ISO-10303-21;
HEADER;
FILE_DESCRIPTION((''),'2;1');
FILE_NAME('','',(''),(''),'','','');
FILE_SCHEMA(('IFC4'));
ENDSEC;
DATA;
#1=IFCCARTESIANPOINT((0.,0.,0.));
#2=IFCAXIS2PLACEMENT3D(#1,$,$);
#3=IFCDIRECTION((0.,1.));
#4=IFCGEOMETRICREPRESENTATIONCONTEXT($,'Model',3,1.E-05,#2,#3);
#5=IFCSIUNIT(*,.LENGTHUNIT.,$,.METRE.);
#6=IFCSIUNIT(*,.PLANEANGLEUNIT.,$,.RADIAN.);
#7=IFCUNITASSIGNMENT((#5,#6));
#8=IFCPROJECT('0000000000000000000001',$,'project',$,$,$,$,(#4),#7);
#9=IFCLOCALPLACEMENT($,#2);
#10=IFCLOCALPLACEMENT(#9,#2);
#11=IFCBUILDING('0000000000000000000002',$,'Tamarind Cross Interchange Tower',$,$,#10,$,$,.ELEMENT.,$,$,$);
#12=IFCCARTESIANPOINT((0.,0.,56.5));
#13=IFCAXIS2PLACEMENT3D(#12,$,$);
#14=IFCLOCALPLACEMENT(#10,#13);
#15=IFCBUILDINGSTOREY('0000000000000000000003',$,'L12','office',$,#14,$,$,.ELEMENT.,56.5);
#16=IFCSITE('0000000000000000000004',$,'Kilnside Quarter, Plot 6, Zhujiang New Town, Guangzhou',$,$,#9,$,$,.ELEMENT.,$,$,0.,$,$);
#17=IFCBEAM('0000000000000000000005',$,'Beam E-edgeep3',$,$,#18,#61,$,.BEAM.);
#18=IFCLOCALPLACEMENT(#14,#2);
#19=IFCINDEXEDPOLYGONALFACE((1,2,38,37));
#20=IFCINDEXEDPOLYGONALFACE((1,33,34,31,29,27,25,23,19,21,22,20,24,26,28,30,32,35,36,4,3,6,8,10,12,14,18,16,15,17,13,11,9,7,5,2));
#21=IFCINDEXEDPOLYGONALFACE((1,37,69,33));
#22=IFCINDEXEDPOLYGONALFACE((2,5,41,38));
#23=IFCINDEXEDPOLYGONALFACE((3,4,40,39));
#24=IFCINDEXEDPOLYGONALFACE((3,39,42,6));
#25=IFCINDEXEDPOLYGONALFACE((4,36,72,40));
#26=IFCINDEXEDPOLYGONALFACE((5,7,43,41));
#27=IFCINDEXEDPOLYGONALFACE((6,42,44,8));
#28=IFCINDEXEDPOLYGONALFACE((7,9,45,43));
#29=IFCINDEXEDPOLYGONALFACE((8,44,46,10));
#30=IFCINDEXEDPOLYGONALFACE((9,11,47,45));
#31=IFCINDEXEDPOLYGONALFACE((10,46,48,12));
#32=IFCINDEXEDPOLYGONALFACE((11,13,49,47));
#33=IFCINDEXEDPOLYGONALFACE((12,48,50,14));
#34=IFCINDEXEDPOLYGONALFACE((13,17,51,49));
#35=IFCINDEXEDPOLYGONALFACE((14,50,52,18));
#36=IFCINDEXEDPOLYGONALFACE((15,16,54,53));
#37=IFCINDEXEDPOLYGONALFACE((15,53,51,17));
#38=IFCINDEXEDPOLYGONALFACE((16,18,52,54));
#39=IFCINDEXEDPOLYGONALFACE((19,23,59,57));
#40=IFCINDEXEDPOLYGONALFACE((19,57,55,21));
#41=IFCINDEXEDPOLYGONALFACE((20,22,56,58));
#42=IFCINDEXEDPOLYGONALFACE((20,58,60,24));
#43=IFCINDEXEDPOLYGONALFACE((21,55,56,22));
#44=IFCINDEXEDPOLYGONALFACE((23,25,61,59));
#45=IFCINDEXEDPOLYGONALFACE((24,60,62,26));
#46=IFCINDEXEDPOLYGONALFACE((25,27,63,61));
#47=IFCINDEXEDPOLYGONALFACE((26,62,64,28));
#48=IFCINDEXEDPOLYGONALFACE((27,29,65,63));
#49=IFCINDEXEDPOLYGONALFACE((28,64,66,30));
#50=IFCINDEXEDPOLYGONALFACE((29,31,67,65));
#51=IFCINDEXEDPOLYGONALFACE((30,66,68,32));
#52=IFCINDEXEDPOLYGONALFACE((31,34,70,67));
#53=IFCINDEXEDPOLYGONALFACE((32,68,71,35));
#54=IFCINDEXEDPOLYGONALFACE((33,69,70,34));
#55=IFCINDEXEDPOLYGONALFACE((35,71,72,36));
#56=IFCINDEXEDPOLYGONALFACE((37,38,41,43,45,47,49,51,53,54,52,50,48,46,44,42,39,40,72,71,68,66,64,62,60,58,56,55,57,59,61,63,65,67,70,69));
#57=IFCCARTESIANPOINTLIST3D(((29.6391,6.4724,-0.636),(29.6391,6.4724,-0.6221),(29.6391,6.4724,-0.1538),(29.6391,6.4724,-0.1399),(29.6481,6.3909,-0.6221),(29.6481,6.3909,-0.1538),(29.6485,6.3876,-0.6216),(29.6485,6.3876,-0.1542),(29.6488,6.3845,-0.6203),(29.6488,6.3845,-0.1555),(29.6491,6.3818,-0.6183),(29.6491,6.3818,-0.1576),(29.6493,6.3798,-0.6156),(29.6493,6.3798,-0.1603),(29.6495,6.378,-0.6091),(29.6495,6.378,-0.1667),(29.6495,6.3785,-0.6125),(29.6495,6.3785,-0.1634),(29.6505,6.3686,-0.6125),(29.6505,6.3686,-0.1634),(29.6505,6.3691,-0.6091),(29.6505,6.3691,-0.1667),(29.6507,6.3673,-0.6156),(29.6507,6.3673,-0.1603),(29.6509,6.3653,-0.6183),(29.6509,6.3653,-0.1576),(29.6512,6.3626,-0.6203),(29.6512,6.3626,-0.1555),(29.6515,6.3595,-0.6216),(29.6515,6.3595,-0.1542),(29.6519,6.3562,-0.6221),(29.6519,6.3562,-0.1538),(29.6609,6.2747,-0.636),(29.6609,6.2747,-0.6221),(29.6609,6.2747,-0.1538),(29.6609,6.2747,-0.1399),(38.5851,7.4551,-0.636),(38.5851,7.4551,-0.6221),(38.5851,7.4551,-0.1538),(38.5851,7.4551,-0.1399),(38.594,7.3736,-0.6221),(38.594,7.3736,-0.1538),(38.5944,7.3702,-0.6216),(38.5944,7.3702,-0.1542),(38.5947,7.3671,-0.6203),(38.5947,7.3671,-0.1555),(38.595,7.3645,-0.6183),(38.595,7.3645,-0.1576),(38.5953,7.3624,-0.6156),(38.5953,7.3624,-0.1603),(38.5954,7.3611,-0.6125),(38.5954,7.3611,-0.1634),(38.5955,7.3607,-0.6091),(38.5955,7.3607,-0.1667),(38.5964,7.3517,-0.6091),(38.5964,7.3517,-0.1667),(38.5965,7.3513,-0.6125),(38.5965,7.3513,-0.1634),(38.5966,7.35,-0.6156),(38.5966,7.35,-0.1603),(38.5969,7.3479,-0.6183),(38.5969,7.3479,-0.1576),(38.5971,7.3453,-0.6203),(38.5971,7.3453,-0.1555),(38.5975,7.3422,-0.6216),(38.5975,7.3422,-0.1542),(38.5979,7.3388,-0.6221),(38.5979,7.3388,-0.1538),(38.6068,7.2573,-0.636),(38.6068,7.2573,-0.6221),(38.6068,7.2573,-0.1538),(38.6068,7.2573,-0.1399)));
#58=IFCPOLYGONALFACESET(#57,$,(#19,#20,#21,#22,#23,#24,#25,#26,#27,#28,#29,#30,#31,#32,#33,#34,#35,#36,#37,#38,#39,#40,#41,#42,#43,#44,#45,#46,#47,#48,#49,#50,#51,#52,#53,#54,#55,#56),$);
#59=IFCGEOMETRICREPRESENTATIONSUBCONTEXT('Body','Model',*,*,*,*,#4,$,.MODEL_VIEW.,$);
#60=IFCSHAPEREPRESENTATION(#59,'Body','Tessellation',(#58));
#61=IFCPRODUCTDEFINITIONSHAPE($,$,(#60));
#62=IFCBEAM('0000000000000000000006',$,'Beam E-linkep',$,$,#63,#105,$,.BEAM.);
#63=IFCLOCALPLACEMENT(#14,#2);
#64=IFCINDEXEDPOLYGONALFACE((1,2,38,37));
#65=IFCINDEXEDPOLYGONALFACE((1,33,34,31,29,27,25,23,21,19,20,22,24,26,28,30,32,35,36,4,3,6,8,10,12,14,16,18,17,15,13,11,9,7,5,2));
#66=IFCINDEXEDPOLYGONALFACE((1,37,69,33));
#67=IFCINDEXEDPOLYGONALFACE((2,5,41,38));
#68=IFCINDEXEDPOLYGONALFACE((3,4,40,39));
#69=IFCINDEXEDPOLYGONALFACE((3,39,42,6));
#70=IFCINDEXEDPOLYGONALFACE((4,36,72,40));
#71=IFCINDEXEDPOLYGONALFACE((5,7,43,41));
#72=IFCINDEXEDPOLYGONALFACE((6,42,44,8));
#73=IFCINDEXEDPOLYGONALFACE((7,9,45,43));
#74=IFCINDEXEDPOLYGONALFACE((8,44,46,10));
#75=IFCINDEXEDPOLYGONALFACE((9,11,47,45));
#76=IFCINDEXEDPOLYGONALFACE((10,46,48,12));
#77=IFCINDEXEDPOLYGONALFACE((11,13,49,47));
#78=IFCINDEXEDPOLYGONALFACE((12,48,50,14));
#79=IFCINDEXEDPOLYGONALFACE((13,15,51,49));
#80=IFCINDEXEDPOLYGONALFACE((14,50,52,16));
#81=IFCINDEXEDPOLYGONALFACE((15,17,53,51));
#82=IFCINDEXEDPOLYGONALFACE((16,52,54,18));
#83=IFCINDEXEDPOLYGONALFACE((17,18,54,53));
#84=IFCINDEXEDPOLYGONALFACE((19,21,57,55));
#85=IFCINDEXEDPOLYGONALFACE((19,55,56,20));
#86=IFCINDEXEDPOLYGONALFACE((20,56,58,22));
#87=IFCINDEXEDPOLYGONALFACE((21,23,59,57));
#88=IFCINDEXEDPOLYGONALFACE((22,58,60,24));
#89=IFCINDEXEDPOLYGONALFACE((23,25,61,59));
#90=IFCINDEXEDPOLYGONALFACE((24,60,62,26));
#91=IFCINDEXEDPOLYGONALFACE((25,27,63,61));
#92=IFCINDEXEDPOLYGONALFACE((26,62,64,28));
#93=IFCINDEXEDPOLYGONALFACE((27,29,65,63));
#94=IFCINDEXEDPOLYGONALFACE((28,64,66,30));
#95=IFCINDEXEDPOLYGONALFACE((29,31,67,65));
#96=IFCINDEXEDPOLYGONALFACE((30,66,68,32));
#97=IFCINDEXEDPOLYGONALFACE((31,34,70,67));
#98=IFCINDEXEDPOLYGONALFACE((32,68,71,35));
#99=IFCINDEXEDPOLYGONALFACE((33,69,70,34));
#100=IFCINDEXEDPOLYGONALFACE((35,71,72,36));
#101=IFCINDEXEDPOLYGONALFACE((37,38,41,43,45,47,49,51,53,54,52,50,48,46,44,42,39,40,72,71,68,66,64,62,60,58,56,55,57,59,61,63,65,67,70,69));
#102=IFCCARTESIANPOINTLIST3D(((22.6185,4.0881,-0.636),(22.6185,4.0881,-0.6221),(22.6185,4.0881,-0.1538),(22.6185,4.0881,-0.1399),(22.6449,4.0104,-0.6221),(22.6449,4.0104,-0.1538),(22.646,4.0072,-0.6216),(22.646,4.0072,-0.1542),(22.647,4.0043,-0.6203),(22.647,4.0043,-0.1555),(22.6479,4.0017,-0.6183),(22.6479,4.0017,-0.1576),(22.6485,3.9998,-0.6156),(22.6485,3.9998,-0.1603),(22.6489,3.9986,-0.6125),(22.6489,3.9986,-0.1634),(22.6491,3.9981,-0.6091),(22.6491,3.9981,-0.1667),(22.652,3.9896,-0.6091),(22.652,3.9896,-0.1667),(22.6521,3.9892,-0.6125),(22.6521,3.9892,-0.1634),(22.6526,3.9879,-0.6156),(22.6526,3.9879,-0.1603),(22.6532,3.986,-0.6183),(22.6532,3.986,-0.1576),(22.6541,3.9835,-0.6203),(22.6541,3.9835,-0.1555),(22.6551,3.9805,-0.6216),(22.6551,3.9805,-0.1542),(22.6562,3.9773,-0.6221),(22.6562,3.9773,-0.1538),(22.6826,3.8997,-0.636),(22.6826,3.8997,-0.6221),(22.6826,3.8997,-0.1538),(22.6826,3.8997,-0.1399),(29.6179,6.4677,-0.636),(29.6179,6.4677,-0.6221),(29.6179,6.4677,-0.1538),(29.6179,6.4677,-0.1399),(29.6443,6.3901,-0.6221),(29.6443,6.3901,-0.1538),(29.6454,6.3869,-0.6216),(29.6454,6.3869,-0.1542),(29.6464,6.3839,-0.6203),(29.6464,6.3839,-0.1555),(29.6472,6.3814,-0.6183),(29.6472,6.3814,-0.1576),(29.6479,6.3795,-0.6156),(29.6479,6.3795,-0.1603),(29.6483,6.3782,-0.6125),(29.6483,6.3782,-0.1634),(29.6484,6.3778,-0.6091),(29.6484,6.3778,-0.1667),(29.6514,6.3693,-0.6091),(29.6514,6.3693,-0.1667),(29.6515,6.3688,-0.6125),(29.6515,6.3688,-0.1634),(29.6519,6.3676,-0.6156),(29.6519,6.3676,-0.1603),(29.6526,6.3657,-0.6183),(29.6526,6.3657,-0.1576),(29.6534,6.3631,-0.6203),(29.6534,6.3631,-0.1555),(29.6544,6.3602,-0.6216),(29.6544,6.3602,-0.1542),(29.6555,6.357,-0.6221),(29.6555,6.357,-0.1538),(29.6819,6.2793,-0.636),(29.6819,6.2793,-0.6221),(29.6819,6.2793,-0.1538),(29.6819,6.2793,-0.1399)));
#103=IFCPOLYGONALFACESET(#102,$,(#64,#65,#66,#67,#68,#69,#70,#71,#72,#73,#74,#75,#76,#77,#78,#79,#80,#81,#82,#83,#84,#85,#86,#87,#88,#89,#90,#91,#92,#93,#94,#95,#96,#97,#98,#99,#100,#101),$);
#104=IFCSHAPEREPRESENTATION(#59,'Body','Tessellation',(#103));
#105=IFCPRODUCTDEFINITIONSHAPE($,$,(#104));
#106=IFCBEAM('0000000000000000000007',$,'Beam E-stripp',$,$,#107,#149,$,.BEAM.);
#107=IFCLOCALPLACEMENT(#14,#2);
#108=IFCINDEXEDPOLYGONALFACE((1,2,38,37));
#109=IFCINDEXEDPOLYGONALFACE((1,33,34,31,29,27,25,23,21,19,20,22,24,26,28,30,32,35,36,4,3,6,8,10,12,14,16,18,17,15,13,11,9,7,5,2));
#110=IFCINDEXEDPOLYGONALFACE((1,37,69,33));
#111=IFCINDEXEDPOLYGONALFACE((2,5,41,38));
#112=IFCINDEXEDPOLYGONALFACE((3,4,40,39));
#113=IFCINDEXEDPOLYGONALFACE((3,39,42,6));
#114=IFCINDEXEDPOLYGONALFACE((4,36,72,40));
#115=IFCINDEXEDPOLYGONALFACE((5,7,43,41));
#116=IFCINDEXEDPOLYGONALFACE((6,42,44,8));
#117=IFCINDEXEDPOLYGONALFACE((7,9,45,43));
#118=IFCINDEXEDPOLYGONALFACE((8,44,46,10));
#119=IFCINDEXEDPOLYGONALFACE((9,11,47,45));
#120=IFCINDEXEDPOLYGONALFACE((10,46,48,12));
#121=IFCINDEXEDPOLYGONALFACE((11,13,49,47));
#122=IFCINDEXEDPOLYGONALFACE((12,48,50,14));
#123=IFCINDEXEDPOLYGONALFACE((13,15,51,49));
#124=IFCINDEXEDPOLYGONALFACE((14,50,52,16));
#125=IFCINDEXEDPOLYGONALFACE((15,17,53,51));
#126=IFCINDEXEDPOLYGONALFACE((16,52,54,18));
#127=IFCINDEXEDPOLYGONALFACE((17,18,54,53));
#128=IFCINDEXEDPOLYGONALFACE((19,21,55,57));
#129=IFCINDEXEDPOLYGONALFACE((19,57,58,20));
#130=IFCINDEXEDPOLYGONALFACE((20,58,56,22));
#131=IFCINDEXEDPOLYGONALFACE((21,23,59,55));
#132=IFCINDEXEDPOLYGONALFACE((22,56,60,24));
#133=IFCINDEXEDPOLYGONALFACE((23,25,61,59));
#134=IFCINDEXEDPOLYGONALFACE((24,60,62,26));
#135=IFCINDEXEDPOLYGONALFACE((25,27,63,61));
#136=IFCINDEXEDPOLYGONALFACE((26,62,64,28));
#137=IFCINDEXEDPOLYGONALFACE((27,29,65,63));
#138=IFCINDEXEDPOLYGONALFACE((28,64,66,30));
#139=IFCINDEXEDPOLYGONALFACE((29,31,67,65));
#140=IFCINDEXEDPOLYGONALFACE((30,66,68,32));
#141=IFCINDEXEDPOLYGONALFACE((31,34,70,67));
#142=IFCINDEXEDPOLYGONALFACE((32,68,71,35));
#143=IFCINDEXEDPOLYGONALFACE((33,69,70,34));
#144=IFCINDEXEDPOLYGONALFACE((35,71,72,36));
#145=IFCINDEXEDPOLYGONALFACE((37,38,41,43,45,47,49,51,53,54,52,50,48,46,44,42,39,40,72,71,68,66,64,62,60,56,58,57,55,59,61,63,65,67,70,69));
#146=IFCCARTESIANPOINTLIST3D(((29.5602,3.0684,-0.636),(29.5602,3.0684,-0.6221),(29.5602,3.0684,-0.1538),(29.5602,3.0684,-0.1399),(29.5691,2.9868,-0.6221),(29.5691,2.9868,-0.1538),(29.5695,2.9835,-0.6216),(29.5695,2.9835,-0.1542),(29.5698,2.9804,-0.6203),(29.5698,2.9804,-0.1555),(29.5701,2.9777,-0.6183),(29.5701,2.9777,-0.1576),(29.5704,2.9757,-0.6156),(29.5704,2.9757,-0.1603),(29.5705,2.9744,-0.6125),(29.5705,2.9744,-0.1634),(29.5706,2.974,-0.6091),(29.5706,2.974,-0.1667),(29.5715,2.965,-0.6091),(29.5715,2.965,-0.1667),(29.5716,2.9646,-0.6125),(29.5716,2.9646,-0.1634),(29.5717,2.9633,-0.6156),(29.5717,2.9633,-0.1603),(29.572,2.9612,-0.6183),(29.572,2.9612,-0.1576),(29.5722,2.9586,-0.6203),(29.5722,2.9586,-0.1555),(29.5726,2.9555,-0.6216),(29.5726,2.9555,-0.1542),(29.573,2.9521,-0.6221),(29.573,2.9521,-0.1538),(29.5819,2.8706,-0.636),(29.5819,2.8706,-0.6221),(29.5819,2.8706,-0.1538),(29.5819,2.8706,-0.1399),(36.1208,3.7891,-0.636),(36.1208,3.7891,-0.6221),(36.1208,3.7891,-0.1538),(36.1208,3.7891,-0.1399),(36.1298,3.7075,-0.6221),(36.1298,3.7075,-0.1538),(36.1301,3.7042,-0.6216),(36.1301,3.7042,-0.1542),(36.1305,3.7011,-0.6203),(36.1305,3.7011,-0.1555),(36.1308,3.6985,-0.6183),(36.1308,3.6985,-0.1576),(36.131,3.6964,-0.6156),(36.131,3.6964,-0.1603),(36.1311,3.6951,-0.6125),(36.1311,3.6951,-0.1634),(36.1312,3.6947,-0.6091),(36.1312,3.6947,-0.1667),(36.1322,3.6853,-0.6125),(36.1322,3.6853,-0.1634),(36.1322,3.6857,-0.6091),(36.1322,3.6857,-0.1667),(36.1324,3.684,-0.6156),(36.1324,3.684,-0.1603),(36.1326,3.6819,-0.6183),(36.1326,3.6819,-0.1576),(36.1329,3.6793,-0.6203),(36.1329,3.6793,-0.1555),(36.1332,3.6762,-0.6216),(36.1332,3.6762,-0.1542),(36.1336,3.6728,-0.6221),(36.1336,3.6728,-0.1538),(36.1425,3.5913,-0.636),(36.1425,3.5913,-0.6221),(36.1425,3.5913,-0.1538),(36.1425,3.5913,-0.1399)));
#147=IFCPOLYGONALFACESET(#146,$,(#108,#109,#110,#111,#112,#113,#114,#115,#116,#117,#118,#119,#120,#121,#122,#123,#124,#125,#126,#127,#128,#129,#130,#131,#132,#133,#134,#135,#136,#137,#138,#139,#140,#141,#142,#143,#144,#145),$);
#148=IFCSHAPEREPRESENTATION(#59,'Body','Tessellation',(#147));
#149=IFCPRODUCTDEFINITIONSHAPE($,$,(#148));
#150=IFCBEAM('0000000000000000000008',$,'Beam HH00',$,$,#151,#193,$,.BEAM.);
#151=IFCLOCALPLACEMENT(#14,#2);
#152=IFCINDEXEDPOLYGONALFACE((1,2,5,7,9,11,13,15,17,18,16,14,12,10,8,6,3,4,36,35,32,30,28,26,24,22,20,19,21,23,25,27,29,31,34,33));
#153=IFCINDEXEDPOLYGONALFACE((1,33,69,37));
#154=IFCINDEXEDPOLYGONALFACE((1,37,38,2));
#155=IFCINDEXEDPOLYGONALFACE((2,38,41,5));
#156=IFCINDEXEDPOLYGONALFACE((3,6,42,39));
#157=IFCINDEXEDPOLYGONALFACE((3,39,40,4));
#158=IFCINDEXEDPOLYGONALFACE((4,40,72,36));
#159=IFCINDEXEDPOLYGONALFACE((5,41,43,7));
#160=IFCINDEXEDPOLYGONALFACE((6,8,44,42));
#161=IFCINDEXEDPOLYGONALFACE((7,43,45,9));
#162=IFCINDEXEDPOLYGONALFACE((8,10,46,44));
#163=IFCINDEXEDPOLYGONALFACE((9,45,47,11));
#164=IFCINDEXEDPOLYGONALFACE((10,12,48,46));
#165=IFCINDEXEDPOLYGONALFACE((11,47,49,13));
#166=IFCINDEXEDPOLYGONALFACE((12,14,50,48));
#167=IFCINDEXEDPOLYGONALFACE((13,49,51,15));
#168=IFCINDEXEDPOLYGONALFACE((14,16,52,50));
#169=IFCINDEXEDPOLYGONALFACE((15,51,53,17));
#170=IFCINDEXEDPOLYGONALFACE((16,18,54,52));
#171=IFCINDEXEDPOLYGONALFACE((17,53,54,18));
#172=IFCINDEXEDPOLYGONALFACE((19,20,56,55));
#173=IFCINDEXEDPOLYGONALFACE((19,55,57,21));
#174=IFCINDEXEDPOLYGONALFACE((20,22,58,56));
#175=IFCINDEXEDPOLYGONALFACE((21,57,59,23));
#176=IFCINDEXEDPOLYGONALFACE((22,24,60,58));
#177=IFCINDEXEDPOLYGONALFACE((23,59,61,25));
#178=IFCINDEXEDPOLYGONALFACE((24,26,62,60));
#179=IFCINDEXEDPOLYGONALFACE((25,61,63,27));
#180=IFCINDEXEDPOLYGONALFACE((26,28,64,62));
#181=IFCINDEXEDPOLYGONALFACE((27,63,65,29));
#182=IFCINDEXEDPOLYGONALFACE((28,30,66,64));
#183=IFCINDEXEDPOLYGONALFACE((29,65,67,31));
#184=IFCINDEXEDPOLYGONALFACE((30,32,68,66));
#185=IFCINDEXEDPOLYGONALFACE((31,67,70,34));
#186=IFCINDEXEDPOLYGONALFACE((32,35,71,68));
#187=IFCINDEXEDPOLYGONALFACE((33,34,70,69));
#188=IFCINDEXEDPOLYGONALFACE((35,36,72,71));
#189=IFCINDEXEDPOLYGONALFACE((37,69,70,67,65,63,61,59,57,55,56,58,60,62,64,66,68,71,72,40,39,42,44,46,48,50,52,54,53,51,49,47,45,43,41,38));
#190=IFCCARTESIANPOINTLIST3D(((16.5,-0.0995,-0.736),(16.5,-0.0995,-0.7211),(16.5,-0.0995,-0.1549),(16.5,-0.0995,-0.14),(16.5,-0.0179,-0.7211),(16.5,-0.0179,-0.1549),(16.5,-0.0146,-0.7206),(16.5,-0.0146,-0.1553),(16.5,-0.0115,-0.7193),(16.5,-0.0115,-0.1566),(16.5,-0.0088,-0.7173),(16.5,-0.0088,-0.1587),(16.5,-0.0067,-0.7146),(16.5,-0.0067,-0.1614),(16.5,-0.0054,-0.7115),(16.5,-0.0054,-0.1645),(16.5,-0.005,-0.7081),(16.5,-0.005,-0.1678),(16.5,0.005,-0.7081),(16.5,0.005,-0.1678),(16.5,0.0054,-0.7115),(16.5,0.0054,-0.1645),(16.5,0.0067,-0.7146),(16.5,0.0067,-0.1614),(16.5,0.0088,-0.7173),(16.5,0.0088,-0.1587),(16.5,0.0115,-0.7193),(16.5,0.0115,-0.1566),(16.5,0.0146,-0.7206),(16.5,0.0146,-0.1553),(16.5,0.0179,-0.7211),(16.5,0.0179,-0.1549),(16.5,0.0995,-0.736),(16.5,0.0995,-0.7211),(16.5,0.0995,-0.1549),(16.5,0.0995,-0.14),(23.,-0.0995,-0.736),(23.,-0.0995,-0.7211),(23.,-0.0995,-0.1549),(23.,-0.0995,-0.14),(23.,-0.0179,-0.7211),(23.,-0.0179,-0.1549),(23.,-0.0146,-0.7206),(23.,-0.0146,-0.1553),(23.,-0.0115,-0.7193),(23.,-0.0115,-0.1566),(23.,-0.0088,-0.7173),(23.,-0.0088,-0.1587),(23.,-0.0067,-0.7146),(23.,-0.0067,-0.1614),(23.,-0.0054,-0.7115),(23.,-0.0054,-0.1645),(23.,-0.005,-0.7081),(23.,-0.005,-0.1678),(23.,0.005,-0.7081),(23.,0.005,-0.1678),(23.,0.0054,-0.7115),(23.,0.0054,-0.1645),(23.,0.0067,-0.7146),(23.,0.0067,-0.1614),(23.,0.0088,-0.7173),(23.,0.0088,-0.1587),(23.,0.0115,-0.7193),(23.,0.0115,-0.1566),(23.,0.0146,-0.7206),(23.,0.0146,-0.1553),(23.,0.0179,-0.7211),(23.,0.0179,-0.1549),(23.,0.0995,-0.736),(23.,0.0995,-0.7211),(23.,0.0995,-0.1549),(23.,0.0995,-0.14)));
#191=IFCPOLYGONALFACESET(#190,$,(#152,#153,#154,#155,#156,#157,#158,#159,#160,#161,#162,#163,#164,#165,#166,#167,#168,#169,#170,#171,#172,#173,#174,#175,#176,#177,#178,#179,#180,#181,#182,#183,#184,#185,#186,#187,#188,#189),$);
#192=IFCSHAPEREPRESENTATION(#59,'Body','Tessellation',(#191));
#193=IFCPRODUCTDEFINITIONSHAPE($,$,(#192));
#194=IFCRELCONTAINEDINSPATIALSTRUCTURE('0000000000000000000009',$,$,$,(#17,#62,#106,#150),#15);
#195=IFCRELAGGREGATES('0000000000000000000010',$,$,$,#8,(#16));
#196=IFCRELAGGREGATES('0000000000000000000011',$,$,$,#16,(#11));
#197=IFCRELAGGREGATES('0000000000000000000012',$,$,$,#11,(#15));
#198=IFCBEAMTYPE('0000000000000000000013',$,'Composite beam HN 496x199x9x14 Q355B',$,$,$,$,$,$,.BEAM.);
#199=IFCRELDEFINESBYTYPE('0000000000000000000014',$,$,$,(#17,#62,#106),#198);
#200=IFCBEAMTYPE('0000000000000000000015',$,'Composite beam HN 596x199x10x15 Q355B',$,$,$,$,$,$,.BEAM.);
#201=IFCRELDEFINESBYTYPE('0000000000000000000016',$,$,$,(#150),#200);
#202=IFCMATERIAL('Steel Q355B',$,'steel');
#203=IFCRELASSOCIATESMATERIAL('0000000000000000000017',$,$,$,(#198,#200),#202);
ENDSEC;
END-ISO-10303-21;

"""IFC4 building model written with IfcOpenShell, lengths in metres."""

from ifc_helpers import new_model, si_unit, direction, frame, origin, origin_2d, place, context, subcontext, project, spatial, i_section, extrude, material, material_profile, profile_set, type_object, element, save


model = new_model("IFC4")

# Units and contexts
model_context = context("Model", 3, precision=1e-05, world=origin(), true_north=direction((0.0, 1.0)))
body_context = subcontext(model_context, "Body", "Model", "MODEL_VIEW")
ifc_project = project(units=[si_unit("LENGTHUNIT", "METRE"), si_unit("PLANEANGLEUNIT", "RADIAN")], contexts=[model_context])

# Site, building, storey
site_placement = place(None, origin())
site = spatial("IfcSite", under=ifc_project, at=site_placement, Name="Kilnside Quarter, Plot 6, Zhujiang New Town, Guangzhou", CompositionType="ELEMENT", RefElevation=0.0)
building_placement = place(site_placement, origin())
building = spatial("IfcBuilding", under=site, at=building_placement, Name="Tamarind Cross Interchange Tower", CompositionType="ELEMENT")
storey_placement = place(building_placement, frame((0.0, 0.0, 56.5)))
storey = spatial("IfcBuildingStorey", under=building, at=storey_placement, Name="L12", Description="office", CompositionType="ELEMENT", Elevation=56.5)

# Beams
ifc_material_1 = material(Name="Steel Q355B", Category="steel")
ifc_material_profile_1 = material_profile(ifc_material_1, i_section(OverallWidth=0.199, OverallDepth=0.4961, WebThickness=0.009, FlangeThickness=0.0139, FilletRadius=0.0129, at=origin_2d()), Name="HN 496x199x9x14")
ifc_profile_set_1 = profile_set([ifc_material_profile_1], Name="Steel Q355B")
beam_type_1 = type_object("IfcBeamType", Name="Composite beam HN 496x199x9x14 Q355B", PredefinedType="BEAM", material=ifc_profile_set_1)
beam_1_placement = place(storey_placement, frame((38.5959, 7.3562, -0.3879), z_axis=(-0.994021, -0.109187, 0.0), x_axis=(0.109187, -0.994021, 0.0)))
element("IfcBeam", 1, at=beam_1_placement, inside=storey, type_object=beam_type_1, Name="Beam E-edgeep3", PredefinedType="BEAM", context=body_context, shape_type="SweptSolid", body=[
    extrude(i_section(OverallWidth=0.199, OverallDepth=0.4961, WebThickness=0.009, FlangeThickness=0.0139, FilletRadius=0.0129, at=origin_2d()), origin(), (0.0, 0.0, 1.0), 8.9998),
])
beam_2_placement = place(storey_placement, frame((29.6499, 6.3735, -0.3879), z_axis=(-0.946777, -0.321889, 0.0), x_axis=(0.321889, -0.946777, 0.0)))
element("IfcBeam", 2, at=beam_2_placement, inside=storey, type_object=beam_type_1, Name="Beam E-linkep", PredefinedType="BEAM", context=body_context, shape_type="SweptSolid", body=[
    extrude(i_section(OverallWidth=0.199, OverallDepth=0.4961, WebThickness=0.009, FlangeThickness=0.0139, FilletRadius=0.0129, at=origin_2d()), origin(), (0.0, 0.0, 1.0), 7.3928),
])
beam_3_placement = place(storey_placement, frame((29.571, 2.9695, -0.3879), z_axis=(0.99402, 0.109197, 0.0), x_axis=(-0.109197, 0.99402, 0.0)))
element("IfcBeam", 3, at=beam_3_placement, inside=storey, type_object=beam_type_1, Name="Beam E-stripp", PredefinedType="BEAM", context=body_context, shape_type="SweptSolid", body=[
    extrude(i_section(OverallWidth=0.199, OverallDepth=0.4961, WebThickness=0.009, FlangeThickness=0.0139, FilletRadius=0.0129, at=origin_2d()), origin(), (0.0, 0.0, 1.0), 6.6001),
])
ifc_material_profile_2 = material_profile(ifc_material_1, i_section(OverallWidth=0.199, OverallDepth=0.5959, WebThickness=0.01, FlangeThickness=0.0149, FilletRadius=0.0129, at=origin_2d()), Name="HN 596x199x10x15")
ifc_profile_set_2 = profile_set([ifc_material_profile_2], Name="Steel Q355B")
beam_type_2 = type_object("IfcBeamType", Name="Composite beam HN 596x199x10x15 Q355B", PredefinedType="BEAM", material=ifc_profile_set_2)
beam_4_placement = place(storey_placement, frame((23.0, 0.0, -0.438), z_axis=(-1.0, 0.0, 0.0), x_axis=(0.0, -1.0, 0.0)))
element("IfcBeam", 4, at=beam_4_placement, inside=storey, type_object=beam_type_2, Name="Beam HH00", PredefinedType="BEAM", context=body_context, shape_type="SweptSolid", body=[
    extrude(i_section(OverallWidth=0.199, OverallDepth=0.5959, WebThickness=0.01, FlangeThickness=0.0149, FilletRadius=0.0129, at=origin_2d()), origin(), (0.0, 0.0, 1.0), 6.5),
])

save(model, "model.ifc")
